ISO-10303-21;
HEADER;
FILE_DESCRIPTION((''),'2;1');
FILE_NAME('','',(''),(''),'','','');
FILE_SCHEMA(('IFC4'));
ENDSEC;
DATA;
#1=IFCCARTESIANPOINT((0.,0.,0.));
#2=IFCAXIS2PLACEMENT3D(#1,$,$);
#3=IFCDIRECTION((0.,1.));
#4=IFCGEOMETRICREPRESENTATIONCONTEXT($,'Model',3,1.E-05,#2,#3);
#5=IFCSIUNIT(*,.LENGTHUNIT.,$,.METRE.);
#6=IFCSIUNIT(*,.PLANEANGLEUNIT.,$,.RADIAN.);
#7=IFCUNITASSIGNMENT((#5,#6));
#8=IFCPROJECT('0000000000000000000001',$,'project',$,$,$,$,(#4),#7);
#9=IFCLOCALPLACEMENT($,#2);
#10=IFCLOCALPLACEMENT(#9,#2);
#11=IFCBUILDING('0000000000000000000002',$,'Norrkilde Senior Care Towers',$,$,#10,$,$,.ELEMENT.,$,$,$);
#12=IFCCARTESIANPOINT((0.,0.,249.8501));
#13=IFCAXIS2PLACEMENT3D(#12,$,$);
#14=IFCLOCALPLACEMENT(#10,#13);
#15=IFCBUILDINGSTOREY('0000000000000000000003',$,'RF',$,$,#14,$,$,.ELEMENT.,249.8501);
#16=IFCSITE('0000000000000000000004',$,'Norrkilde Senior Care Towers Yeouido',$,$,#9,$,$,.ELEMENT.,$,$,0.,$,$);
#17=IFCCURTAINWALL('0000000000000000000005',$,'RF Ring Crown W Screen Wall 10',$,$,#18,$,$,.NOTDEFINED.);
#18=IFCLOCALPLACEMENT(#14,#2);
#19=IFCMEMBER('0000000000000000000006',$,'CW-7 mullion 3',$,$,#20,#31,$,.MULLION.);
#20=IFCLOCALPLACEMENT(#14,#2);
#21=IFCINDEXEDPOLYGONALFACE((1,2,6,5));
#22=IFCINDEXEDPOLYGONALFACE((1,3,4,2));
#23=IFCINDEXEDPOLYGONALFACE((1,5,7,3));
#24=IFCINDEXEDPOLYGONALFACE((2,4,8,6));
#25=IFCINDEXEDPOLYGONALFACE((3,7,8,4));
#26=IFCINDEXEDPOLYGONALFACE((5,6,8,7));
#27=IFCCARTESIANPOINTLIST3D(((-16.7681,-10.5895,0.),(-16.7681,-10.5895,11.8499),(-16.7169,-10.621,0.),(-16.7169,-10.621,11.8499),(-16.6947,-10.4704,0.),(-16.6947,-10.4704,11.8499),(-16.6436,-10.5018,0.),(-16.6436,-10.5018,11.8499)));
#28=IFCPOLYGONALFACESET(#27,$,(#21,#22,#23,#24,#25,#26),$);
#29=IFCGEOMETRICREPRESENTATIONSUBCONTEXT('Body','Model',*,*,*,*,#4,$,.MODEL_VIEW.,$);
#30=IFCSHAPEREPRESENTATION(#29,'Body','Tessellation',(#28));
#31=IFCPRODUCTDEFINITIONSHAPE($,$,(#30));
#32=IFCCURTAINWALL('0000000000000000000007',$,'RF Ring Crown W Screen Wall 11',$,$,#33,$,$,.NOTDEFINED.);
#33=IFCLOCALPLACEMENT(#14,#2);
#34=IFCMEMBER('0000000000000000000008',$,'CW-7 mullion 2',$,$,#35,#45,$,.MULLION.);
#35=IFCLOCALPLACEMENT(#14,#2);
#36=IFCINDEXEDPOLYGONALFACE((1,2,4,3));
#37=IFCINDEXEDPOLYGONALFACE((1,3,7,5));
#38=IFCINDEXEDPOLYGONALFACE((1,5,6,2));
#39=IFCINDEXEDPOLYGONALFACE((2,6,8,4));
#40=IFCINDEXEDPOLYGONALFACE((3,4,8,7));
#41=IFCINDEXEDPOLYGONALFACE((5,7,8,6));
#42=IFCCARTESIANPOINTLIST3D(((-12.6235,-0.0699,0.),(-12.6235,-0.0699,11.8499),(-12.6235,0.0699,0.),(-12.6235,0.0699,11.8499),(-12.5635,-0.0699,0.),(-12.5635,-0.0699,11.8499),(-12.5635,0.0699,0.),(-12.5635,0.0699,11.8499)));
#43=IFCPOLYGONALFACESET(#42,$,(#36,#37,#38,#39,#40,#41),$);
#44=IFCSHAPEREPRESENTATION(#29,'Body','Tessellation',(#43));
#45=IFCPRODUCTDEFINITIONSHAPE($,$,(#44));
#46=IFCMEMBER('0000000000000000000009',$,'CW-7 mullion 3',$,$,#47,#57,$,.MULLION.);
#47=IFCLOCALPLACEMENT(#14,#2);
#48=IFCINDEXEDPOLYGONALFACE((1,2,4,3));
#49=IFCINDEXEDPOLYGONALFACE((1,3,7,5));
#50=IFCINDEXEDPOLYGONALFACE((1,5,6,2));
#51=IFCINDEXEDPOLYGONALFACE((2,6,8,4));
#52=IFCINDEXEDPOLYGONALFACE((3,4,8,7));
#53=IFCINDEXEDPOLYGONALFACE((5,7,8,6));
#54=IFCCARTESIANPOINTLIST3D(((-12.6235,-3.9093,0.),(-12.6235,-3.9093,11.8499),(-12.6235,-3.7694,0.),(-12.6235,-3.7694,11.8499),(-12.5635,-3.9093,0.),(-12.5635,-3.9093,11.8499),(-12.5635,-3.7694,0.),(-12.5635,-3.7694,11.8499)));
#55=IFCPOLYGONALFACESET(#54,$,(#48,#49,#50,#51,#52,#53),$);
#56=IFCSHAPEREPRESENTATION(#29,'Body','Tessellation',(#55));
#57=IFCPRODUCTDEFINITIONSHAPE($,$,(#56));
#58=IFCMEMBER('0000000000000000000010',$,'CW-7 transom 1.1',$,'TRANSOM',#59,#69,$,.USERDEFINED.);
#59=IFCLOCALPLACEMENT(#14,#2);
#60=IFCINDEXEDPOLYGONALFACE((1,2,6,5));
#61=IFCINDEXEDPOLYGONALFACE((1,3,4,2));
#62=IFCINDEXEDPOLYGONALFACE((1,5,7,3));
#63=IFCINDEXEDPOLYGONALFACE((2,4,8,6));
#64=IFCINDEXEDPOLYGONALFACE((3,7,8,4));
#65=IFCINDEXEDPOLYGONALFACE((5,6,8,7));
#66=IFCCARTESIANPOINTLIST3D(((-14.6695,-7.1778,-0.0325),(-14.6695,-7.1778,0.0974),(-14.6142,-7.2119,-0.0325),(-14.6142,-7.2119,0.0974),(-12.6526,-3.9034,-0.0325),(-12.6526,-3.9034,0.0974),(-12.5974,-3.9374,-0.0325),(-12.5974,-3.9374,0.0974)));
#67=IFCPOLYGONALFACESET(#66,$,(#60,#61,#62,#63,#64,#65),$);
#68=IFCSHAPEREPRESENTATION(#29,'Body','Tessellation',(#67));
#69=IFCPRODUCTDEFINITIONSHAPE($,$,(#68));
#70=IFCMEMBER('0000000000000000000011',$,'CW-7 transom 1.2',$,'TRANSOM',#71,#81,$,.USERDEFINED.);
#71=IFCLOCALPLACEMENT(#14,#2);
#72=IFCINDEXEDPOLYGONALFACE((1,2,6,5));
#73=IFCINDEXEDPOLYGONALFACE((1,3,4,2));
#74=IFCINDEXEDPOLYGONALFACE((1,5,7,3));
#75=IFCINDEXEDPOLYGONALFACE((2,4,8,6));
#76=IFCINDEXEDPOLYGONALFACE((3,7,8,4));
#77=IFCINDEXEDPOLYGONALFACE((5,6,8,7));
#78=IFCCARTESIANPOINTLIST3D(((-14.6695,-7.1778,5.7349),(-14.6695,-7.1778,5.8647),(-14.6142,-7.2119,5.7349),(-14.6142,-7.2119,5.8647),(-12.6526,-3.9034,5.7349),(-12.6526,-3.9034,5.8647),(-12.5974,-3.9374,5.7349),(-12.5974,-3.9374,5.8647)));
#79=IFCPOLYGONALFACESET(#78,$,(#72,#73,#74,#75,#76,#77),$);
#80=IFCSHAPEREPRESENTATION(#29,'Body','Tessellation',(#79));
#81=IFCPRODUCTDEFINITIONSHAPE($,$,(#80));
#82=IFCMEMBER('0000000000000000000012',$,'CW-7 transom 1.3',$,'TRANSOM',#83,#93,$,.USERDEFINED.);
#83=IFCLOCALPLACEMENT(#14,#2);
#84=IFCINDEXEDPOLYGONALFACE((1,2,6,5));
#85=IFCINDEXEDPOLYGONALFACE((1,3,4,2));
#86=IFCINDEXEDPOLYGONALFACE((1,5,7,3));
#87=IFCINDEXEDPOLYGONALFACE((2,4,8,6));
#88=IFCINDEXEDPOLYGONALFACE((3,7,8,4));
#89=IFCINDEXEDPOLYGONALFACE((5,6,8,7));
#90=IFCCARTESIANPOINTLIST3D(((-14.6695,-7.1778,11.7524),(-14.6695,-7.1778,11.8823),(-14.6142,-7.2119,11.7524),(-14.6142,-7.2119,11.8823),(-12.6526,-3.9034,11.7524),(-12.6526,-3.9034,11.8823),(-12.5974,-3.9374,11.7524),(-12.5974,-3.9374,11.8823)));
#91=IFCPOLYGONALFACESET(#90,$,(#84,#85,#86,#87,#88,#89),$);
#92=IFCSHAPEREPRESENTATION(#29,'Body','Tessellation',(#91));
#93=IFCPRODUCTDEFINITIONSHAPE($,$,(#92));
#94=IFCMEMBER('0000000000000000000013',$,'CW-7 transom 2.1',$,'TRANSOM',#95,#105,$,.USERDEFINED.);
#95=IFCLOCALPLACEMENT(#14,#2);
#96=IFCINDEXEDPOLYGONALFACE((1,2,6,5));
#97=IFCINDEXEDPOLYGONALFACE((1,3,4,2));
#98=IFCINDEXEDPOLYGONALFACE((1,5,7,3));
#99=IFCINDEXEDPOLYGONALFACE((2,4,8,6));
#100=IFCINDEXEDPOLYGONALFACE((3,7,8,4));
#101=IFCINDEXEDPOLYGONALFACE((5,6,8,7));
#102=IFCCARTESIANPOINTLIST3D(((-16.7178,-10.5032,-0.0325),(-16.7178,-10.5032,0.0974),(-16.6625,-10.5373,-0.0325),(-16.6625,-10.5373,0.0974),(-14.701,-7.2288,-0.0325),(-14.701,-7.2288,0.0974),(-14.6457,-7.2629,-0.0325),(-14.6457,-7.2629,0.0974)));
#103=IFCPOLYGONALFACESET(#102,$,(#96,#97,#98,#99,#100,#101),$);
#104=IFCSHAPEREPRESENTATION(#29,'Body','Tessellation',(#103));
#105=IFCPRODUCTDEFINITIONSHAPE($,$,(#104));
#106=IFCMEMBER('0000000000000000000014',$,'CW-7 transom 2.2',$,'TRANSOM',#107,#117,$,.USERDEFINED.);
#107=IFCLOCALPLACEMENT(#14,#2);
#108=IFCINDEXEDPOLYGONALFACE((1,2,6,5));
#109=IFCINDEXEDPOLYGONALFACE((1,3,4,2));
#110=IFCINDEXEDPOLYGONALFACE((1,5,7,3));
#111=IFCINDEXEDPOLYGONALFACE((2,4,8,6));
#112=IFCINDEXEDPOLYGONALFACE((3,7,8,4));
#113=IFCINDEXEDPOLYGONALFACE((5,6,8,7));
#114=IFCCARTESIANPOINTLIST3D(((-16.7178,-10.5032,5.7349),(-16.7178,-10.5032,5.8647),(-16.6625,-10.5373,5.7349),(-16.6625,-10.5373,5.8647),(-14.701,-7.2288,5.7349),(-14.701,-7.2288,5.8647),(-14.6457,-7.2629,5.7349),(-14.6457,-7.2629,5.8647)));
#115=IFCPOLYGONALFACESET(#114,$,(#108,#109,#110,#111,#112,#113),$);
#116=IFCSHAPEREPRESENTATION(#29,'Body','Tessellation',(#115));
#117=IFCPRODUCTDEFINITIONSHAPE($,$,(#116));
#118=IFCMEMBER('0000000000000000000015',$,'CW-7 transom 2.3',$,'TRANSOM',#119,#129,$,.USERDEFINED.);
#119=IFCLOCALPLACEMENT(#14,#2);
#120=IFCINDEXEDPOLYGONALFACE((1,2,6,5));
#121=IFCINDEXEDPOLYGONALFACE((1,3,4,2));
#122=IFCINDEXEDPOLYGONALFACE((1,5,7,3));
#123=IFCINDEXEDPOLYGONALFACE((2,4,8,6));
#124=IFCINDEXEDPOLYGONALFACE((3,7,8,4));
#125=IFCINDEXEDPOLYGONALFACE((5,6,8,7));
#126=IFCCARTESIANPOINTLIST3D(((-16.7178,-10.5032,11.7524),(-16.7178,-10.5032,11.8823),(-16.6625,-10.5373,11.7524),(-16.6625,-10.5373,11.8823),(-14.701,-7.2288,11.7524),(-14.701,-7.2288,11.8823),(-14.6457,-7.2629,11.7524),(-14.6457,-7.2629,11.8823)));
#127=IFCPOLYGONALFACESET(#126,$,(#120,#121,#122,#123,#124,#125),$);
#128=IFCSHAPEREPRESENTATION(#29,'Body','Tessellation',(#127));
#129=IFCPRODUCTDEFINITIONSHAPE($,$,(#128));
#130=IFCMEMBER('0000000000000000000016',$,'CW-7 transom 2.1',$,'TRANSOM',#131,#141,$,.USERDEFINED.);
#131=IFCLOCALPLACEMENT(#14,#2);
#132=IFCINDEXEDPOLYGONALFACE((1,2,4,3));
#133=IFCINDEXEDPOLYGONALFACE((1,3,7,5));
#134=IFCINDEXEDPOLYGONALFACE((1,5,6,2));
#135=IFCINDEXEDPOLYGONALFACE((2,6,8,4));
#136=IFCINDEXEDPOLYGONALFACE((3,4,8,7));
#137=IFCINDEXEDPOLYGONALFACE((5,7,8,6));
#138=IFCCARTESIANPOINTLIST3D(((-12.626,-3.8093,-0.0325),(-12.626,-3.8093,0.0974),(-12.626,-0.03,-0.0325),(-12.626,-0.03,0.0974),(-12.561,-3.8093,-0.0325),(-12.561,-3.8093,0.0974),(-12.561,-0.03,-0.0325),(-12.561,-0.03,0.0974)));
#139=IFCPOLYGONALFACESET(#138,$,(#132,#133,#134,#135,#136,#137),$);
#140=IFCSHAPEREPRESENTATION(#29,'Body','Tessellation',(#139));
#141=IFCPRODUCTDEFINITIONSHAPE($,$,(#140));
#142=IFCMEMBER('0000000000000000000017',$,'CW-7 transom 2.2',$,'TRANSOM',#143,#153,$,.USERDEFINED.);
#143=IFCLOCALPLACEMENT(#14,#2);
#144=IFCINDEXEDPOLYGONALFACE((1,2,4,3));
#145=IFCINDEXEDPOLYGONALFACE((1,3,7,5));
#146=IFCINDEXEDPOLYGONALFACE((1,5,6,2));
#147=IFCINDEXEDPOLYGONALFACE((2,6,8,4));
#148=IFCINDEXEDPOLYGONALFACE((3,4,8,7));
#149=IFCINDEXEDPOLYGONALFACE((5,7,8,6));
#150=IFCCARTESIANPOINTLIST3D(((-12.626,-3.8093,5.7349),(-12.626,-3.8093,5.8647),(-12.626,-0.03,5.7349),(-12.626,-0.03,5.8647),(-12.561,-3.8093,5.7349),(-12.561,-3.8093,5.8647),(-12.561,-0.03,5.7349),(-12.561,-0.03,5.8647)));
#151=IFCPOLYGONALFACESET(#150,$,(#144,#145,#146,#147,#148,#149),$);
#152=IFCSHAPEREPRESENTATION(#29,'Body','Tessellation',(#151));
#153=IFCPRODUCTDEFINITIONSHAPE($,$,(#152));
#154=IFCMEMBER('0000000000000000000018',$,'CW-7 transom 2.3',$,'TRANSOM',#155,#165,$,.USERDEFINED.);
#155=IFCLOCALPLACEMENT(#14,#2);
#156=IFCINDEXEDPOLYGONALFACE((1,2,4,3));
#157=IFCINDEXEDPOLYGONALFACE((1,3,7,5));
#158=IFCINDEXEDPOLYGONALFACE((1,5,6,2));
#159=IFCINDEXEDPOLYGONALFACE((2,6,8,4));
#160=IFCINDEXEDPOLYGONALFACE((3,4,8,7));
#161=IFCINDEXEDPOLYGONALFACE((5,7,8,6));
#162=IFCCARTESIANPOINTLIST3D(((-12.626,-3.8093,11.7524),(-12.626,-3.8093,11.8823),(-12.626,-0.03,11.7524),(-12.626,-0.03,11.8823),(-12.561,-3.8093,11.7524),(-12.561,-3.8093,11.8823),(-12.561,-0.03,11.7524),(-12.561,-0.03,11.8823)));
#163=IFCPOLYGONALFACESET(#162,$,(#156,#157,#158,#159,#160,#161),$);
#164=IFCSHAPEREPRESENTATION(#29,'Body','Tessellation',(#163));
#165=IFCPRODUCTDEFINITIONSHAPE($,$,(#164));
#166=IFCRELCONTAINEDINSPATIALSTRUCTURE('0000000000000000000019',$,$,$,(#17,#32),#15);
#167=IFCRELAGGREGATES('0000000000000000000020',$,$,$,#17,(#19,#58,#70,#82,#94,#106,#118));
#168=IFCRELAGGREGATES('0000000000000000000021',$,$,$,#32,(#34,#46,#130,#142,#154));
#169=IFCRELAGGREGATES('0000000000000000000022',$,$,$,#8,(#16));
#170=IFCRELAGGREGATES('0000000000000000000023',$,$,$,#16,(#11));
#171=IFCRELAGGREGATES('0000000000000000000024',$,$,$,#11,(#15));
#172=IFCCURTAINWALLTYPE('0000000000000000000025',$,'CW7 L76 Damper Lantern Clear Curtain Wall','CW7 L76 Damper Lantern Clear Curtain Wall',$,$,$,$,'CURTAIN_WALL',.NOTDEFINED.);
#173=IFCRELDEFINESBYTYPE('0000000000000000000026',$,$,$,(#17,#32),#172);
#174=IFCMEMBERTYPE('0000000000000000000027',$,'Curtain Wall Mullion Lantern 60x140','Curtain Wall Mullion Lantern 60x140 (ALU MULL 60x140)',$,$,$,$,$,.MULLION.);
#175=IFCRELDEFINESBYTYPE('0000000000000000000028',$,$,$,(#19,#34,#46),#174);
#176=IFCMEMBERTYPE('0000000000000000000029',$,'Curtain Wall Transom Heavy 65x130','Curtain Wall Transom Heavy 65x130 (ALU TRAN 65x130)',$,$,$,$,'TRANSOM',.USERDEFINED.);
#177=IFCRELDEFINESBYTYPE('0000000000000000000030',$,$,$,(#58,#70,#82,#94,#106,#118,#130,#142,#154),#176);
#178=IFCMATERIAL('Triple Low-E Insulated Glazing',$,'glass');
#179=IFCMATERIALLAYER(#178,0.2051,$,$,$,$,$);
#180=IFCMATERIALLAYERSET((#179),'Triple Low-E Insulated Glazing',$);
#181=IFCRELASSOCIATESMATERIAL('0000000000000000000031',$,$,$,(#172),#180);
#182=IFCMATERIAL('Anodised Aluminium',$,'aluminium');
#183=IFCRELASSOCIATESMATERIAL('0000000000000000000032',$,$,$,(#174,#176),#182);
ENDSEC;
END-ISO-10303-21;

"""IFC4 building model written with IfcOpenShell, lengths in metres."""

from ifc_helpers import new_model, si_unit, direction, frame, origin, origin_2d, place, context, subcontext, project, spatial, rectangle, extrude, source, transform, mapped, material, layer, layer_set, material_profile, profile_set, type_object, type_shapes, element, aggregate, save


model = new_model("IFC4")

# Units and contexts
model_context = context("Model", 3, precision=1e-05, world=origin(), true_north=direction((0.0, 1.0)))
body_context = subcontext(model_context, "Body", "Model", "MODEL_VIEW")
ifc_project = project(units=[si_unit("LENGTHUNIT", "METRE"), si_unit("PLANEANGLEUNIT", "RADIAN")], contexts=[model_context])

# Site, building, storey
site_placement = place(None, origin())
site = spatial("IfcSite", under=ifc_project, at=site_placement, Name="Norrkilde Senior Care Towers Yeouido", CompositionType="ELEMENT", RefElevation=0.0)
building_placement = place(site_placement, origin())
building = spatial("IfcBuilding", under=site, at=building_placement, Name="Norrkilde Senior Care Towers", CompositionType="ELEMENT")
storey_placement = place(building_placement, frame((0.0, 0.0, 249.8501)))
storey = spatial("IfcBuildingStorey", under=building, at=storey_placement, Name="RF", CompositionType="ELEMENT", Elevation=249.8501)

# Curtain walls, members
ifc_material_1 = material(Name="Triple Low-E Insulated Glazing", Category="glass")
ifc_layer_1 = layer(ifc_material_1, 0.2051)
ifc_layer_set_1 = layer_set([ifc_layer_1], Name="Triple Low-E Insulated Glazing")
curtain_wall_type = type_object("IfcCurtainWallType", Name="CW7 L76 Damper Lantern Clear Curtain Wall", Description="CW7 L76 Damper Lantern Clear Curtain Wall", ElementType="CURTAIN_WALL", PredefinedType="NOTDEFINED", material=ifc_layer_set_1)
curtain_wall_1_placement = place(storey_placement, origin())
curtain_wall_1 = element("IfcCurtainWall", 1, at=curtain_wall_1_placement, inside=storey, type_object=curtain_wall_type, Name="RF Ring Crown W Screen Wall 10", PredefinedType="NOTDEFINED")
ifc_material_2 = material(Name="Anodised Aluminium", Category="aluminium")
ifc_material_profile_1 = material_profile(ifc_material_2, rectangle(XDim=0.0601, YDim=0.1399, at=origin_2d()), Name="ALU MULL 60x140")
ifc_profile_set_1 = profile_set([ifc_material_profile_1], Name="Anodised Aluminium")
member_type_1 = type_object("IfcMemberType", Name="Curtain Wall Mullion Lantern 60x140", Description="Curtain Wall Mullion Lantern 60x140 (ALU MULL 60x140)", PredefinedType="MULLION", material=ifc_profile_set_1)
shared_shape_1 = source(origin(), body_context, "Body", "SweptSolid", [
    extrude(rectangle(XDim=0.0601, YDim=0.1399, at=origin_2d()), origin(), (0.0, 0.0, 1.0), 11.8499),
])
type_shapes(member_type_1, [shared_shape_1])
member_1_placement = place(storey_placement, frame((-16.7058, -10.5457, 0.0), z_axis=(0.0, 0.0, 1.0), x_axis=(0.851436, -0.524458, 0.0)))
member_1 = element("IfcMember", 2, at=member_1_placement, type_object=member_type_1, Name="CW-7 mullion 3", PredefinedType="MULLION", context=body_context, shape_type="MappedRepresentation", body=[
    mapped(shared_shape_1, transform((0.0, 0.0, 0.0), x_axis=(1.0, 0.0, 0.0), y_axis=(0.0, 1.0, 0.0), z_axis=(0.0, 0.0, 1.0), scale=1.0)),
])
curtain_wall_2_placement = place(storey_placement, origin())
curtain_wall_2 = element("IfcCurtainWall", 3, at=curtain_wall_2_placement, inside=storey, type_object=curtain_wall_type, Name="RF Ring Crown W Screen Wall 11", PredefinedType="NOTDEFINED")
member_2_placement = place(storey_placement, frame((-12.5935, 0.0, 0.0), z_axis=(0.0, 0.0, 1.0), x_axis=(1.0, 0.0, 0.0)))
member_2 = element("IfcMember", 4, at=member_2_placement, type_object=member_type_1, Name="CW-7 mullion 2", PredefinedType="MULLION", context=body_context, shape_type="MappedRepresentation", body=[
    mapped(shared_shape_1, transform((0.0, 0.0, 0.0), x_axis=(1.0, 0.0, 0.0), y_axis=(0.0, 1.0, 0.0), z_axis=(0.0, 0.0, 1.0), scale=1.0)),
])
member_3_placement = place(storey_placement, frame((-12.5935, -3.8394, 0.0), z_axis=(0.0, 0.0, 1.0), x_axis=(1.0, 0.0, 0.0)))
member_3 = element("IfcMember", 5, at=member_3_placement, type_object=member_type_1, Name="CW-7 mullion 3", PredefinedType="MULLION", context=body_context, shape_type="MappedRepresentation", body=[
    mapped(shared_shape_1, transform((0.0, 0.0, 0.0), x_axis=(1.0, 0.0, 0.0), y_axis=(0.0, 1.0, 0.0), z_axis=(0.0, 0.0, 1.0), scale=1.0)),
])

# Members
ifc_material_profile_2 = material_profile(ifc_material_2, rectangle(XDim=0.0649, YDim=0.1299, at=origin_2d()), Name="ALU TRAN 65x130")
ifc_profile_set_2 = profile_set([ifc_material_profile_2], Name="Anodised Aluminium")
member_type_2 = type_object("IfcMemberType", Name="Curtain Wall Transom Heavy 65x130", Description="Curtain Wall Transom Heavy 65x130 (ALU TRAN 65x130)", ElementType="TRANSOM", PredefinedType="USERDEFINED", material=ifc_profile_set_2)
shared_shape_2 = source(origin(), body_context, "Body", "SweptSolid", [
    extrude(rectangle(XDim=0.0649, YDim=0.1299, at=origin_2d()), origin(), (0.0, 0.0, 1.0), 3.8457),
])
member_4_placement = place(storey_placement, frame((-12.625, -3.9204, 0.0325), z_axis=(-0.524441, -0.851447, 0.0), x_axis=(0.851447, -0.524441, 0.0)))
member_4 = element("IfcMember", 6, at=member_4_placement, type_object=member_type_2, Name="CW-7 transom 1.1", ObjectType="TRANSOM", PredefinedType="USERDEFINED", context=body_context, shape_type="MappedRepresentation", body=[
    mapped(shared_shape_2, transform((0.0, 0.0, 0.0), x_axis=(1.0, 0.0, 0.0), y_axis=(0.0, 1.0, 0.0), z_axis=(0.0, 0.0, 1.0), scale=1.0)),
])
member_5_placement = place(storey_placement, frame((-12.625, -3.9204, 5.7998), z_axis=(-0.524441, -0.851447, 0.0), x_axis=(0.851447, -0.524441, 0.0)))
member_5 = element("IfcMember", 7, at=member_5_placement, type_object=member_type_2, Name="CW-7 transom 1.2", ObjectType="TRANSOM", PredefinedType="USERDEFINED", context=body_context, shape_type="MappedRepresentation", body=[
    mapped(shared_shape_2, transform((0.0, 0.0, 0.0), x_axis=(1.0, 0.0, 0.0), y_axis=(0.0, 1.0, 0.0), z_axis=(0.0, 0.0, 1.0), scale=1.0)),
])
member_6_placement = place(storey_placement, frame((-12.625, -3.9204, 11.8174), z_axis=(-0.524441, -0.851447, 0.0), x_axis=(0.851447, -0.524441, 0.0)))
member_6 = element("IfcMember", 8, at=member_6_placement, type_object=member_type_2, Name="CW-7 transom 1.3", ObjectType="TRANSOM", PredefinedType="USERDEFINED", context=body_context, shape_type="MappedRepresentation", body=[
    mapped(shared_shape_2, transform((0.0, 0.0, 0.0), x_axis=(1.0, 0.0, 0.0), y_axis=(0.0, 1.0, 0.0), z_axis=(0.0, 0.0, 1.0), scale=1.0)),
])
member_7_placement = place(storey_placement, frame((-14.6733, -7.2458, 0.0325), z_axis=(-0.524441, -0.851447, 0.0), x_axis=(0.851447, -0.524441, 0.0)))
member_7 = element("IfcMember", 9, at=member_7_placement, type_object=member_type_2, Name="CW-7 transom 2.1", ObjectType="TRANSOM", PredefinedType="USERDEFINED", context=body_context, shape_type="MappedRepresentation", body=[
    mapped(shared_shape_2, transform((0.0, 0.0, 0.0), x_axis=(1.0, 0.0, 0.0), y_axis=(0.0, 1.0, 0.0), z_axis=(0.0, 0.0, 1.0), scale=1.0)),
])
member_8_placement = place(storey_placement, frame((-14.6733, -7.2458, 5.7998), z_axis=(-0.524441, -0.851447, 0.0), x_axis=(0.851447, -0.524441, 0.0)))
member_8 = element("IfcMember", 10, at=member_8_placement, type_object=member_type_2, Name="CW-7 transom 2.2", ObjectType="TRANSOM", PredefinedType="USERDEFINED", context=body_context, shape_type="MappedRepresentation", body=[
    mapped(shared_shape_2, transform((0.0, 0.0, 0.0), x_axis=(1.0, 0.0, 0.0), y_axis=(0.0, 1.0, 0.0), z_axis=(0.0, 0.0, 1.0), scale=1.0)),
])
member_9_placement = place(storey_placement, frame((-14.6733, -7.2458, 11.8174), z_axis=(-0.524441, -0.851447, 0.0), x_axis=(0.851447, -0.524441, 0.0)))
member_9 = element("IfcMember", 11, at=member_9_placement, type_object=member_type_2, Name="CW-7 transom 2.3", ObjectType="TRANSOM", PredefinedType="USERDEFINED", context=body_context, shape_type="MappedRepresentation", body=[
    mapped(shared_shape_2, transform((0.0, 0.0, 0.0), x_axis=(1.0, 0.0, 0.0), y_axis=(0.0, 1.0, 0.0), z_axis=(0.0, 0.0, 1.0), scale=1.0)),
])
shared_shape_3 = source(origin(), body_context, "Body", "SweptSolid", [
    extrude(rectangle(XDim=0.0649, YDim=0.1299, at=origin_2d()), origin(), (0.0, 0.0, 1.0), 3.7793),
])
type_shapes(member_type_2, [shared_shape_2, shared_shape_3])
member_10_placement = place(storey_placement, frame((-12.5935, -0.03, 0.0325), z_axis=(0.0, -1.0, 0.0), x_axis=(1.0, 0.0, 0.0)))
member_10 = element("IfcMember", 12, at=member_10_placement, type_object=member_type_2, Name="CW-7 transom 2.1", ObjectType="TRANSOM", PredefinedType="USERDEFINED", context=body_context, shape_type="MappedRepresentation", body=[
    mapped(shared_shape_3, transform((0.0, 0.0, 0.0), x_axis=(1.0, 0.0, 0.0), y_axis=(0.0, 1.0, 0.0), z_axis=(0.0, 0.0, 1.0), scale=1.0)),
])
member_11_placement = place(storey_placement, frame((-12.5935, -0.03, 5.7998), z_axis=(0.0, -1.0, 0.0), x_axis=(1.0, 0.0, 0.0)))
member_11 = element("IfcMember", 13, at=member_11_placement, type_object=member_type_2, Name="CW-7 transom 2.2", ObjectType="TRANSOM", PredefinedType="USERDEFINED", context=body_context, shape_type="MappedRepresentation", body=[
    mapped(shared_shape_3, transform((0.0, 0.0, 0.0), x_axis=(1.0, 0.0, 0.0), y_axis=(0.0, 1.0, 0.0), z_axis=(0.0, 0.0, 1.0), scale=1.0)),
])
member_12_placement = place(storey_placement, frame((-12.5935, -0.03, 11.8174), z_axis=(0.0, -1.0, 0.0), x_axis=(1.0, 0.0, 0.0)))
member_12 = element("IfcMember", 14, at=member_12_placement, type_object=member_type_2, Name="CW-7 transom 2.3", ObjectType="TRANSOM", PredefinedType="USERDEFINED", context=body_context, shape_type="MappedRepresentation", body=[
    mapped(shared_shape_3, transform((0.0, 0.0, 0.0), x_axis=(1.0, 0.0, 0.0), y_axis=(0.0, 1.0, 0.0), z_axis=(0.0, 0.0, 1.0), scale=1.0)),
])

aggregate(curtain_wall_1, [member_1, member_4, member_5, member_6, member_7, member_8, member_9])
aggregate(curtain_wall_2, [member_2, member_3, member_10, member_11, member_12])

save(model, "model.ifc")
